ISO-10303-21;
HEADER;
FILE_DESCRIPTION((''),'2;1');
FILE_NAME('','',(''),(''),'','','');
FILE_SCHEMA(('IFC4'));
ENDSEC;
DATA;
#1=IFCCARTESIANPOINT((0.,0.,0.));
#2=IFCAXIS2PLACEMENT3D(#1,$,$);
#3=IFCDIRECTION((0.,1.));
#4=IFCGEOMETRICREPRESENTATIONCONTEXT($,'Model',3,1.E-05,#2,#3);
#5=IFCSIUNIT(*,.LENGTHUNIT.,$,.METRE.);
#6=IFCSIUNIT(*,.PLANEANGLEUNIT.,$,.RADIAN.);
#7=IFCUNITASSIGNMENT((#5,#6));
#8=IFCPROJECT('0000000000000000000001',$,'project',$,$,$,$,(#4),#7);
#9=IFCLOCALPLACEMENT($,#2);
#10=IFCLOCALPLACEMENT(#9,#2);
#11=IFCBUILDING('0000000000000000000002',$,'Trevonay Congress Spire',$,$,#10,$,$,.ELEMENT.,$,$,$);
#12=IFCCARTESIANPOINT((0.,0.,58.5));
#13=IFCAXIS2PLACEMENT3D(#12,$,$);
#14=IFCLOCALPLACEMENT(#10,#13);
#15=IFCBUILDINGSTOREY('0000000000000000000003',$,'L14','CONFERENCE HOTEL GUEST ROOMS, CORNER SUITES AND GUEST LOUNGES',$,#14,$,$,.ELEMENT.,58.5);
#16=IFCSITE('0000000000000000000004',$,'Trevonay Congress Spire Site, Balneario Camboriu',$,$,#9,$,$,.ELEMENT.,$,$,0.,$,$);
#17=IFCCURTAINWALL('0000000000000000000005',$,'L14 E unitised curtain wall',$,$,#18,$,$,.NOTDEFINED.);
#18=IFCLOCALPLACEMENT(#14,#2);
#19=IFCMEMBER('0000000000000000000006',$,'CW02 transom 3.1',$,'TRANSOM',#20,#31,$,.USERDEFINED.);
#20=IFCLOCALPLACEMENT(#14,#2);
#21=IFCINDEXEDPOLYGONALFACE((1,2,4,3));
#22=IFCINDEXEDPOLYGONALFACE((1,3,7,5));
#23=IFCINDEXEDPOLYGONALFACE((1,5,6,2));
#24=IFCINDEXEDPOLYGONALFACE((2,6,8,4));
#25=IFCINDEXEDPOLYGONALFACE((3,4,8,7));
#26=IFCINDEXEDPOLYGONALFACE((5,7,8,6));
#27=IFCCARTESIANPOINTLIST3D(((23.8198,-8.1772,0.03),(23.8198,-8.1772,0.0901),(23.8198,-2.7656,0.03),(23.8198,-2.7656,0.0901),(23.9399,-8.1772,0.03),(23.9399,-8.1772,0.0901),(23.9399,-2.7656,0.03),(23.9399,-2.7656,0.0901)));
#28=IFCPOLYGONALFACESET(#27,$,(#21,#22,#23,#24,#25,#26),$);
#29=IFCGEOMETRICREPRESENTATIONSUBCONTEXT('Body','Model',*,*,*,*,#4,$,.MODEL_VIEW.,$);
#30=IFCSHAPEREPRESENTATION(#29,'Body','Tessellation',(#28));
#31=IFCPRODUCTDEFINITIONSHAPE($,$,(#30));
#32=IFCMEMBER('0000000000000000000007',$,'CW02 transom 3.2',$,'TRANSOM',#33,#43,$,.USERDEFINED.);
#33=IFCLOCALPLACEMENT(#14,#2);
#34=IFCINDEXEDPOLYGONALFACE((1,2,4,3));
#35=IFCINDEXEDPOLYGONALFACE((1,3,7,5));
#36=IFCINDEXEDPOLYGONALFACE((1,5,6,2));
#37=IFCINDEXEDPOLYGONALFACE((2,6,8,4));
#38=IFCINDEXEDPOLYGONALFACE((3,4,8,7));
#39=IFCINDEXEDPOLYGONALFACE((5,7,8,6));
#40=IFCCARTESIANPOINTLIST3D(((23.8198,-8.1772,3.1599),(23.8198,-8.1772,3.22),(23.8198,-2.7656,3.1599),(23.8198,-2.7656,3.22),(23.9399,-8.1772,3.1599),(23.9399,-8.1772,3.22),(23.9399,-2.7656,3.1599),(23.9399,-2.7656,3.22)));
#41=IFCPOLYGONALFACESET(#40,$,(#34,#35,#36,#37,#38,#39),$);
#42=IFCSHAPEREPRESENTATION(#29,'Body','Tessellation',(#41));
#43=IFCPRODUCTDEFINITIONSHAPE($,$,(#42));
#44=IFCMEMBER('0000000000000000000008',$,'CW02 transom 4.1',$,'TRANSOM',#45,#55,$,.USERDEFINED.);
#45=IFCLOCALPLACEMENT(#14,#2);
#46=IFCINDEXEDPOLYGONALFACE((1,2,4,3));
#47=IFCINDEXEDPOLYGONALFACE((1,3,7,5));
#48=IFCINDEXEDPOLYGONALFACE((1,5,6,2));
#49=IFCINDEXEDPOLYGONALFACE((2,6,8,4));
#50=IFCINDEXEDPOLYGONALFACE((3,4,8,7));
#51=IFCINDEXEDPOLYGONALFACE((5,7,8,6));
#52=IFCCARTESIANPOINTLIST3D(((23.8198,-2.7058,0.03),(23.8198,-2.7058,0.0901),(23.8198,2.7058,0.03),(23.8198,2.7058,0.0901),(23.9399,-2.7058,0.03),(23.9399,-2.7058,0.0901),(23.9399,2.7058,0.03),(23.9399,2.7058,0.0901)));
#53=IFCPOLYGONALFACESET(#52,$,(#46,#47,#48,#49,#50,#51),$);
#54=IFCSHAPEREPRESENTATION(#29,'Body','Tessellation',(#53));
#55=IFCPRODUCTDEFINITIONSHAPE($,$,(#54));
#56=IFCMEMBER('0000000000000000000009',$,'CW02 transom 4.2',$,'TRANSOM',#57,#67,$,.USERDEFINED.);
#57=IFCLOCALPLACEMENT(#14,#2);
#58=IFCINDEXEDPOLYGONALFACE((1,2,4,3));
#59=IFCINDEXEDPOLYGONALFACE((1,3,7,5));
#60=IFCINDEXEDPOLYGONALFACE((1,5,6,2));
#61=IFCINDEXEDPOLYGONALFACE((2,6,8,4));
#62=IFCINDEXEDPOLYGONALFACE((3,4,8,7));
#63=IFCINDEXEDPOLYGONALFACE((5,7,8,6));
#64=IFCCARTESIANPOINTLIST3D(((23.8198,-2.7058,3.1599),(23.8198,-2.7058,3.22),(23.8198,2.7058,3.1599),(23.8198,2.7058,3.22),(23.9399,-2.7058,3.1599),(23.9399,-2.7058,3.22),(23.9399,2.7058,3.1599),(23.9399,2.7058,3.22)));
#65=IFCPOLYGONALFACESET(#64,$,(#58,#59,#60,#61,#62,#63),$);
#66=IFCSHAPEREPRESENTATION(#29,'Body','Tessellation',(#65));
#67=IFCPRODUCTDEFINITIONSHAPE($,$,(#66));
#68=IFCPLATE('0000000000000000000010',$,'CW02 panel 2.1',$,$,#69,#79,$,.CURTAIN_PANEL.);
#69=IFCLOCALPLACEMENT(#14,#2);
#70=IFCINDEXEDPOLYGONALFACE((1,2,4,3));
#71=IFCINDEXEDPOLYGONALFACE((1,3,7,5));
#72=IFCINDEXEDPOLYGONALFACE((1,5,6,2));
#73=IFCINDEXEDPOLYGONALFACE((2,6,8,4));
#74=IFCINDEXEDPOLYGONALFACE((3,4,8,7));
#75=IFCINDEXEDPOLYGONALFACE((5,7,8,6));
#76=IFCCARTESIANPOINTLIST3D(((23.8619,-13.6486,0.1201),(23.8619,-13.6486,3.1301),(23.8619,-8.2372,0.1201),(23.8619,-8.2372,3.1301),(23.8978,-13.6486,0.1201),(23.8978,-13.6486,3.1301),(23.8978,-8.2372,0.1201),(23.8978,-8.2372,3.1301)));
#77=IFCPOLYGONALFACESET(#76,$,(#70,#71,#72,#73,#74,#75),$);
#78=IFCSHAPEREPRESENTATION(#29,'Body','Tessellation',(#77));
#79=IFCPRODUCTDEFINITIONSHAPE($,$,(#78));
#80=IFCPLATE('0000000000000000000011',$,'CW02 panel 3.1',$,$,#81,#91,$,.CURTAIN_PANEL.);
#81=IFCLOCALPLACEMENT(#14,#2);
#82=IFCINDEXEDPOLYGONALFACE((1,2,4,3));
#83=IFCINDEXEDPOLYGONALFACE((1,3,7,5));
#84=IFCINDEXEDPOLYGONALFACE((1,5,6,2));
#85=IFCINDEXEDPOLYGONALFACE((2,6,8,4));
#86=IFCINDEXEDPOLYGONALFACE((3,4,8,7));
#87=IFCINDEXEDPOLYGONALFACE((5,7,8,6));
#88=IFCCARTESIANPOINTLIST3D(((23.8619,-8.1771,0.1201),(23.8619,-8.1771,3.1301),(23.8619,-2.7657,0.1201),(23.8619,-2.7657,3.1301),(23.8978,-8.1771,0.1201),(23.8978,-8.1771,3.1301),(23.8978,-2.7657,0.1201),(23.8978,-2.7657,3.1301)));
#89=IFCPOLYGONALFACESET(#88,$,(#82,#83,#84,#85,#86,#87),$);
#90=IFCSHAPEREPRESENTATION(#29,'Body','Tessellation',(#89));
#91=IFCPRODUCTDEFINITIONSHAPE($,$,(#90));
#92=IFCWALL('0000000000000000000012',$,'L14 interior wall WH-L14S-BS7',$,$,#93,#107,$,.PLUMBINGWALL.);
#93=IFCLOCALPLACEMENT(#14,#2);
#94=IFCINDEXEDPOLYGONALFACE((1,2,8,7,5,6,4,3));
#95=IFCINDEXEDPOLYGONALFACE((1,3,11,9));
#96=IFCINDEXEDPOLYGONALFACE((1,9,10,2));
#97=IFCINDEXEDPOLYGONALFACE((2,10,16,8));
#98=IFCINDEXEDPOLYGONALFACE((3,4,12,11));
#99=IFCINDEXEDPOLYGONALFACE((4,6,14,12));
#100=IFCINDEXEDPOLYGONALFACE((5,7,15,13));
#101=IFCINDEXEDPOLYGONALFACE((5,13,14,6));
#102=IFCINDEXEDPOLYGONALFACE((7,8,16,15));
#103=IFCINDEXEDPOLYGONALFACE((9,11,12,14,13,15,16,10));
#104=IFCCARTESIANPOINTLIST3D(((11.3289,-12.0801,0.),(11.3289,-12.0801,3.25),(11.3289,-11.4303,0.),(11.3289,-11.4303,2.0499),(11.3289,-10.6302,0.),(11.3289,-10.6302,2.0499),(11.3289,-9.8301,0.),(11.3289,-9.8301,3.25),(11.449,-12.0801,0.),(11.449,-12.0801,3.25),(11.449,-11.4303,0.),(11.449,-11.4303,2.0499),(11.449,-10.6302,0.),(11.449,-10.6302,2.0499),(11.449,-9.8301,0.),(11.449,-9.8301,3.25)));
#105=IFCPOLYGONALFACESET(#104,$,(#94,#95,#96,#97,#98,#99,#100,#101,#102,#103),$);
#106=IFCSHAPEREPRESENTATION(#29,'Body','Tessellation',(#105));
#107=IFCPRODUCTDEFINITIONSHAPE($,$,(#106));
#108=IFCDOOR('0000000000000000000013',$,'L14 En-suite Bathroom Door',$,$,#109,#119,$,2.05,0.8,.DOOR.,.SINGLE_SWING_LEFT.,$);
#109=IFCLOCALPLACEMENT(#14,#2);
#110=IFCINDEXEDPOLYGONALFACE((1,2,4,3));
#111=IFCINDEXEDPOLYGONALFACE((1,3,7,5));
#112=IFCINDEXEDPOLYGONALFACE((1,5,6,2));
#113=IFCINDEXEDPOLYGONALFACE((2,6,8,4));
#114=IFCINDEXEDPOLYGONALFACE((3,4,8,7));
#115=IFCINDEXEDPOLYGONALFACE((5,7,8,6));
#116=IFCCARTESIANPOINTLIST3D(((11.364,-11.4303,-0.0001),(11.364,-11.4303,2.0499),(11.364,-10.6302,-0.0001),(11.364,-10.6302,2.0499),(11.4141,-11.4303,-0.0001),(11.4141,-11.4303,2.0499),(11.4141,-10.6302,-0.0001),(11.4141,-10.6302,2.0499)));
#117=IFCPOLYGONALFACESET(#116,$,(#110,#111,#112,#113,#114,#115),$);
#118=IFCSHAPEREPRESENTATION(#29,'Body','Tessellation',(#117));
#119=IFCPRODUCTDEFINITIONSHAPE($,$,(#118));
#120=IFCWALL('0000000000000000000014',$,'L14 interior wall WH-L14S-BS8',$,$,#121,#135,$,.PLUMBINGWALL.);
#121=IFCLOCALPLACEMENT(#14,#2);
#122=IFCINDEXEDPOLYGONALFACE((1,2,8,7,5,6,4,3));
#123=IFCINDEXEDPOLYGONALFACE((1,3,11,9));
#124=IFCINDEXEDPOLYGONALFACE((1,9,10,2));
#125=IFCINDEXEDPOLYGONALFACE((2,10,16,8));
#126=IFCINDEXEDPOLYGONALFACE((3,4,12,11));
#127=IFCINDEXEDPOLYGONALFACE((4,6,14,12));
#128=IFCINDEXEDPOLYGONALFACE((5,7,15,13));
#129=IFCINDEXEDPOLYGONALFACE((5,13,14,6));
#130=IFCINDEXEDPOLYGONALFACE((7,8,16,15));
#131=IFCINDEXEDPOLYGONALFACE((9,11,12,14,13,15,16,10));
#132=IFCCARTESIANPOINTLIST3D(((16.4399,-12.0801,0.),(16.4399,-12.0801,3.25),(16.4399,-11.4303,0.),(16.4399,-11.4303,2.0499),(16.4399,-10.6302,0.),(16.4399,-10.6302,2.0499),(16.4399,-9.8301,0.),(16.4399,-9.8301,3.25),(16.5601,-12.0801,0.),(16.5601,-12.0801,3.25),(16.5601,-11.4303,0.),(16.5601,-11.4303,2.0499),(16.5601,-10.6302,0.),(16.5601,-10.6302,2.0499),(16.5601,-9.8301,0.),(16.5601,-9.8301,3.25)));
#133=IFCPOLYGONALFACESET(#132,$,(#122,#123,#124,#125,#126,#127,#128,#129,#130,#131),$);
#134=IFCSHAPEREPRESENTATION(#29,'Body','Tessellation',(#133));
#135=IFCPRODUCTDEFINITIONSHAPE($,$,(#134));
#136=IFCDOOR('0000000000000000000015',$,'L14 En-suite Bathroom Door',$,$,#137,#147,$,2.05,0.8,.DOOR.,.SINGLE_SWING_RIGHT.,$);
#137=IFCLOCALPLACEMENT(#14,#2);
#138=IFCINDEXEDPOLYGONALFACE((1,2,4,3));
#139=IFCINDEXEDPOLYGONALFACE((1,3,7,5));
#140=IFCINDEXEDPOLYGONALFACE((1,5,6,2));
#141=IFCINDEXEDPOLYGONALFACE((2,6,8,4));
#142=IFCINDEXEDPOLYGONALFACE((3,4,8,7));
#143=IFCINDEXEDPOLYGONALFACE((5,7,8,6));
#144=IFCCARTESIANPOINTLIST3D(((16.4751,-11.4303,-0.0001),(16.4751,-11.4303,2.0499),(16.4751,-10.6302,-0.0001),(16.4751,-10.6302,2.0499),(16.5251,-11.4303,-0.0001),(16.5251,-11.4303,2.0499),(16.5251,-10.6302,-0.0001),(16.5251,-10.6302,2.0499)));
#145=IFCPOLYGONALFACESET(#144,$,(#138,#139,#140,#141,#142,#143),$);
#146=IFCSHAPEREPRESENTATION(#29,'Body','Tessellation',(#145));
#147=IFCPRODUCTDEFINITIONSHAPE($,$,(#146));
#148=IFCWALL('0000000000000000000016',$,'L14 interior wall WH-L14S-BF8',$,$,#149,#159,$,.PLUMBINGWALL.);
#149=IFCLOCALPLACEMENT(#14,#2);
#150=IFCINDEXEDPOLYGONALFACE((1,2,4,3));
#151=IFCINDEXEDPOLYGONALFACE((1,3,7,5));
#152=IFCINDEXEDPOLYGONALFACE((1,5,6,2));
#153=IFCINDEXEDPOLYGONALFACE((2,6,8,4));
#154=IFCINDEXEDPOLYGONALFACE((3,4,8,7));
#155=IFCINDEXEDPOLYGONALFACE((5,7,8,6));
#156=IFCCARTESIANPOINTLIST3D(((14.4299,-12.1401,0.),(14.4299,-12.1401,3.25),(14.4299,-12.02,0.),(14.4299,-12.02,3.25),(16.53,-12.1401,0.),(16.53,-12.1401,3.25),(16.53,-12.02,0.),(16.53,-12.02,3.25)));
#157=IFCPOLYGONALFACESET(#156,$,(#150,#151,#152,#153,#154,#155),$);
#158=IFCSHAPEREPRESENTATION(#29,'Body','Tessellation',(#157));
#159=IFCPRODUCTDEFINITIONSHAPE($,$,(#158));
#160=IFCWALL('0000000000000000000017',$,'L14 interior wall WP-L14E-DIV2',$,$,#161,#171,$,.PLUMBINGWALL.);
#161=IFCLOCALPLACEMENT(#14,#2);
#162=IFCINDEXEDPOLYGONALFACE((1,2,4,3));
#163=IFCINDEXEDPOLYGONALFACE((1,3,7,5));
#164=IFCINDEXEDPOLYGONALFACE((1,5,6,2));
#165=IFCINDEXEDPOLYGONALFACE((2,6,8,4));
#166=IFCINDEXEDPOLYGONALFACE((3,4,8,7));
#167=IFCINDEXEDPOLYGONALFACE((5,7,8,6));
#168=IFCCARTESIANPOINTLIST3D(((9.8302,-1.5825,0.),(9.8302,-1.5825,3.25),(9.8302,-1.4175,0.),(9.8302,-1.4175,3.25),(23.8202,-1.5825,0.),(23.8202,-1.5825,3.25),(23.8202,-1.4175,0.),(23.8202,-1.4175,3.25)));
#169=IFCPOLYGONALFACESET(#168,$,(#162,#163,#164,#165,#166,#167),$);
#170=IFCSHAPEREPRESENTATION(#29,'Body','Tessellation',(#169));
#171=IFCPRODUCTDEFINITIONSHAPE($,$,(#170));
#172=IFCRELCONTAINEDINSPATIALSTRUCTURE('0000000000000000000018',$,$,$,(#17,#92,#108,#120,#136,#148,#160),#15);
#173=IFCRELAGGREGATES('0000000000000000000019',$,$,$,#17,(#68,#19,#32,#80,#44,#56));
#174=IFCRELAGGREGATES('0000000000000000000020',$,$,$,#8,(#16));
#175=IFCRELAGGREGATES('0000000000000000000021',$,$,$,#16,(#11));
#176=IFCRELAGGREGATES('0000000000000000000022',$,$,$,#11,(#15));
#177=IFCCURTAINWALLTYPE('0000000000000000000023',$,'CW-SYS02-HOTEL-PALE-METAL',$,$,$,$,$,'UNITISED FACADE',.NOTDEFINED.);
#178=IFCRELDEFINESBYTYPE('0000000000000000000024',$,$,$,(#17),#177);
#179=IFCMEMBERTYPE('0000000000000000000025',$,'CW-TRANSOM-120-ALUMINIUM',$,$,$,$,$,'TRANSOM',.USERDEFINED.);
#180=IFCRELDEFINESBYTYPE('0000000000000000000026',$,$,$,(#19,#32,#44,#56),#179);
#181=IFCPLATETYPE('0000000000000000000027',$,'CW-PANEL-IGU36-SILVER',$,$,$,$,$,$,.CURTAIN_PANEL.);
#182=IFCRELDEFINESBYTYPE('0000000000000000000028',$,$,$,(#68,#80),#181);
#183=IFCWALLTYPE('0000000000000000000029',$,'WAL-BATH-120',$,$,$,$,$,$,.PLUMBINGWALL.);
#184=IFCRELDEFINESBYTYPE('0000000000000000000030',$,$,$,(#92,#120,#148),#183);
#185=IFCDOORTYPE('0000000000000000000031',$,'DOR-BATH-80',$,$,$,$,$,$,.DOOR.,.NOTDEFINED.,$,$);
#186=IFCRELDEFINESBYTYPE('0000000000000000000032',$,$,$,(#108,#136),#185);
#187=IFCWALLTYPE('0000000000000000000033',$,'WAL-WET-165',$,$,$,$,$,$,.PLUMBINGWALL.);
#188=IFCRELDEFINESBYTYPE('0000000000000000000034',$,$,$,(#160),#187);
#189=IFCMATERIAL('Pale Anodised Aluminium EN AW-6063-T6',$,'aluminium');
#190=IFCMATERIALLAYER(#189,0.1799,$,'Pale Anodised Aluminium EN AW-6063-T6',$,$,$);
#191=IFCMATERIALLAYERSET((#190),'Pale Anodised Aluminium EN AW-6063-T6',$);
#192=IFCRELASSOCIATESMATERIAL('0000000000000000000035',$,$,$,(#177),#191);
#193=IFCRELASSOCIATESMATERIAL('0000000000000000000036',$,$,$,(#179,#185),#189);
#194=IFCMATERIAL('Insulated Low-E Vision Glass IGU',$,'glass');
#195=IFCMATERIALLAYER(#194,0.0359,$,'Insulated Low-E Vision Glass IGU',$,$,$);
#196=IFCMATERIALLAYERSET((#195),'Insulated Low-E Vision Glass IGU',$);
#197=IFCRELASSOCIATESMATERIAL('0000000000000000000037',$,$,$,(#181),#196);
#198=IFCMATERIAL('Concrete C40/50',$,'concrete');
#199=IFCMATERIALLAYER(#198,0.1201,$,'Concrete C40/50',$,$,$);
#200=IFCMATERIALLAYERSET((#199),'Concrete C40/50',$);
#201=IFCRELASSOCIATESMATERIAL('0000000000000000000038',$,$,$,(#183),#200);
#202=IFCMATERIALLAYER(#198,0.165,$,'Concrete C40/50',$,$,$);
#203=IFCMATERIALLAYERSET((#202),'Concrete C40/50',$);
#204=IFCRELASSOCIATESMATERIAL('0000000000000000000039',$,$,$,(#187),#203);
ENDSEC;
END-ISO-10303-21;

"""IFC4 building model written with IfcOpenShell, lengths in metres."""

from ifc_helpers import new_model, si_unit, direction, frame, frame_2d, origin, origin_2d, place, context, subcontext, project, spatial, rectangle, extrude, material, layer, layer_set, material_profile, profile_set, type_object, element, fill, aggregate, save


model = new_model("IFC4")

# Units and contexts
model_context = context("Model", 3, precision=1e-05, world=origin(), true_north=direction((0.0, 1.0)))
body_context = subcontext(model_context, "Body", "Model", "MODEL_VIEW")
ifc_project = project(units=[si_unit("LENGTHUNIT", "METRE"), si_unit("PLANEANGLEUNIT", "RADIAN")], contexts=[model_context])

# Site, building, storey
site_placement = place(None, origin())
site = spatial("IfcSite", under=ifc_project, at=site_placement, Name="Trevonay Congress Spire Site, Balneario Camboriu", CompositionType="ELEMENT", RefElevation=0.0)
building_placement = place(site_placement, origin())
building = spatial("IfcBuilding", under=site, at=building_placement, Name="Trevonay Congress Spire", CompositionType="ELEMENT")
storey_placement = place(building_placement, frame((0.0, 0.0, 58.5)))
storey = spatial("IfcBuildingStorey", under=building, at=storey_placement, Name="L14", Description="CONFERENCE HOTEL GUEST ROOMS, CORNER SUITES AND GUEST LOUNGES", CompositionType="ELEMENT", Elevation=58.5)

# Curtain wall, members, plates
ifc_material_1 = material(Name="Pale Anodised Aluminium EN AW-6063-T6", Category="aluminium")
ifc_layer_1 = layer(ifc_material_1, 0.1799, Name="Pale Anodised Aluminium EN AW-6063-T6")
ifc_layer_set_1 = layer_set([ifc_layer_1], Name="Pale Anodised Aluminium EN AW-6063-T6")
curtain_wall_type = type_object("IfcCurtainWallType", Name="CW-SYS02-HOTEL-PALE-METAL", ElementType="UNITISED FACADE", PredefinedType="NOTDEFINED", material=ifc_layer_set_1)
curtain_wall_placement = place(storey_placement, origin())
curtain_wall = element("IfcCurtainWall", 1, at=curtain_wall_placement, inside=storey, type_object=curtain_wall_type, Name="L14 E unitised curtain wall", PredefinedType="NOTDEFINED")
ifc_material_profile_1 = material_profile(ifc_material_1, rectangle(XDim=0.1201, YDim=0.0601, at=origin_2d()), Name="CW-TRANSOM-120-ALUMINIUM")
ifc_profile_set_1 = profile_set([ifc_material_profile_1], Name="Pale Anodised Aluminium EN AW-6063-T6")
member_type_1 = type_object("IfcMemberType", Name="CW-TRANSOM-120-ALUMINIUM", ElementType="TRANSOM", PredefinedType="USERDEFINED", material=ifc_profile_set_1)
member_1_placement = place(storey_placement, frame((23.8799, -8.1772, 0.0601), z_axis=(0.0, 1.0, 0.0), x_axis=(-1.0, 0.0, 0.0)))
member_1 = element("IfcMember", 2, at=member_1_placement, type_object=member_type_1, Name="CW02 transom 3.1", ObjectType="TRANSOM", PredefinedType="USERDEFINED", context=body_context, shape_type="SweptSolid", body=[
    extrude(rectangle(XDim=0.1201, YDim=0.0601, at=origin_2d()), origin(), (0.0, 0.0, 1.0), 5.4116),
])
member_2_placement = place(storey_placement, frame((23.8799, -8.1772, 3.1899), z_axis=(0.0, 1.0, 0.0), x_axis=(-1.0, 0.0, 0.0)))
member_2 = element("IfcMember", 3, at=member_2_placement, type_object=member_type_1, Name="CW02 transom 3.2", ObjectType="TRANSOM", PredefinedType="USERDEFINED", context=body_context, shape_type="SweptSolid", body=[
    extrude(rectangle(XDim=0.1201, YDim=0.0601, at=origin_2d()), origin(), (0.0, 0.0, 1.0), 5.4116),
])
member_3_placement = place(storey_placement, frame((23.8799, -2.7058, 0.0601), z_axis=(0.0, 1.0, 0.0), x_axis=(-1.0, 0.0, 0.0)))
member_3 = element("IfcMember", 4, at=member_3_placement, type_object=member_type_1, Name="CW02 transom 4.1", ObjectType="TRANSOM", PredefinedType="USERDEFINED", context=body_context, shape_type="SweptSolid", body=[
    extrude(rectangle(XDim=0.1201, YDim=0.0601, at=origin_2d()), origin(), (0.0, 0.0, 1.0), 5.4116),
])
member_4_placement = place(storey_placement, frame((23.8799, -2.7058, 3.1899), z_axis=(0.0, 1.0, 0.0), x_axis=(-1.0, 0.0, 0.0)))
member_4 = element("IfcMember", 5, at=member_4_placement, type_object=member_type_1, Name="CW02 transom 4.2", ObjectType="TRANSOM", PredefinedType="USERDEFINED", context=body_context, shape_type="SweptSolid", body=[
    extrude(rectangle(XDim=0.1201, YDim=0.0601, at=origin_2d()), origin(), (0.0, 0.0, 1.0), 5.4116),
])
ifc_material_2 = material(Name="Insulated Low-E Vision Glass IGU", Category="glass")
ifc_layer_2 = layer(ifc_material_2, 0.0359, Name="Insulated Low-E Vision Glass IGU")
ifc_layer_set_2 = layer_set([ifc_layer_2], Name="Insulated Low-E Vision Glass IGU")
plate_type = type_object("IfcPlateType", Name="CW-PANEL-IGU36-SILVER", PredefinedType="CURTAIN_PANEL", material=ifc_layer_set_2)
plate_1_placement = place(storey_placement, frame((23.8799, -10.9429, 0.1201), z_axis=(0.0, 0.0, 1.0), x_axis=(0.0, 1.0, 0.0)))
plate_1 = element("IfcPlate", 6, at=plate_1_placement, type_object=plate_type, Name="CW02 panel 2.1", PredefinedType="CURTAIN_PANEL", context=body_context, shape_type="SweptSolid", body=[
    extrude(rectangle(XDim=5.4114, YDim=0.0359, at=origin_2d()), origin(), (0.0, 0.0, 1.0), 3.01),
])
plate_2_placement = place(storey_placement, frame((23.8799, -5.4714, 0.1201), z_axis=(0.0, 0.0, 1.0), x_axis=(0.0, 1.0, 0.0)))
plate_2 = element("IfcPlate", 7, at=plate_2_placement, type_object=plate_type, Name="CW02 panel 3.1", PredefinedType="CURTAIN_PANEL", context=body_context, shape_type="SweptSolid", body=[
    extrude(rectangle(XDim=5.4114, YDim=0.0359, at=origin_2d()), origin(), (0.0, 0.0, 1.0), 3.01),
])
aggregate(curtain_wall, [plate_1, member_1, member_2, plate_2, member_3, member_4])

# Walls, openings, doors
ifc_material_3 = material(Name="Concrete C40/50", Category="concrete")
ifc_layer_3 = layer(ifc_material_3, 0.1201, Name="Concrete C40/50")
ifc_layer_set_3 = layer_set([ifc_layer_3], Name="Concrete C40/50")
wall_type_1 = type_object("IfcWallType", Name="WAL-BATH-120", PredefinedType="PLUMBINGWALL", material=ifc_layer_set_3)
wall_1_placement = place(storey_placement, frame((11.3889, -12.0801, 0.0), z_axis=(0.0, 0.0, 1.0), x_axis=(0.0, 1.0, 0.0)))
wall_1 = element("IfcWall", 8, at=wall_1_placement, inside=storey, type_object=wall_type_1, Name="L14 interior wall WH-L14S-BS7", PredefinedType="PLUMBINGWALL", context=body_context, shape_type="SweptSolid", body=[
    extrude(rectangle(XDim=2.25, YDim=0.1201, at=frame_2d((1.125, 0.0))), origin(), (0.0, 0.0, 1.0), 3.25),
])
opening_1_placement = place(wall_1_placement, frame((0.6499, 0.0, 0.0)))
opening_1 = element("IfcOpeningElement", 9, at=opening_1_placement, cuts=wall_1, PredefinedType="OPENING", context=body_context, shape_type="SweptSolid", body=[
    extrude(rectangle(XDim=0.8, YDim=2.05, at=frame_2d((0.3999, 1.0249))), frame((0.0, 0.0701, 0.0), z_axis=(0.0, -1.0, 0.0), x_axis=(1.0, 0.0, 0.0)), (0.0, 0.0, 1.0), 0.1401),
])
door_type = type_object("IfcDoorType", Name="DOR-BATH-80", OperationType="NOTDEFINED", PredefinedType="DOOR", material=ifc_material_1)
door_1_placement = place(opening_1_placement, origin())
door_1 = element("IfcDoor", 10, at=door_1_placement, inside=storey, type_object=door_type, Name="L14 En-suite Bathroom Door", OperationType="SINGLE_SWING_LEFT", OverallHeight=2.05, OverallWidth=0.8, PredefinedType="DOOR", context=body_context, shape_type="SweptSolid", body=[
    extrude(rectangle(XDim=0.8, YDim=2.05, at=frame_2d((0.3999, 1.0249))), frame((0.0, 0.0249, 0.0), z_axis=(0.0, -1.0, 0.0), x_axis=(1.0, 0.0, 0.0)), (0.0, 0.0, 1.0), 0.05),
])
fill(opening_1, door_1)
wall_2_placement = place(storey_placement, frame((16.5, -12.0801, 0.0), z_axis=(0.0, 0.0, 1.0), x_axis=(0.0, 1.0, 0.0)))
wall_2 = element("IfcWall", 11, at=wall_2_placement, inside=storey, type_object=wall_type_1, Name="L14 interior wall WH-L14S-BS8", PredefinedType="PLUMBINGWALL", context=body_context, shape_type="SweptSolid", body=[
    extrude(rectangle(XDim=2.25, YDim=0.1201, at=frame_2d((1.125, 0.0))), origin(), (0.0, 0.0, 1.0), 3.25),
])
opening_2_placement = place(wall_2_placement, frame((0.6499, 0.0, 0.0)))
opening_2 = element("IfcOpeningElement", 12, at=opening_2_placement, cuts=wall_2, PredefinedType="OPENING", context=body_context, shape_type="SweptSolid", body=[
    extrude(rectangle(XDim=0.8, YDim=2.05, at=frame_2d((0.3999, 1.0249))), frame((0.0, 0.0701, 0.0), z_axis=(0.0, -1.0, 0.0), x_axis=(1.0, 0.0, 0.0)), (0.0, 0.0, 1.0), 0.1401),
])
door_2_placement = place(opening_2_placement, origin())
door_2 = element("IfcDoor", 13, at=door_2_placement, inside=storey, type_object=door_type, Name="L14 En-suite Bathroom Door", OperationType="SINGLE_SWING_RIGHT", OverallHeight=2.05, OverallWidth=0.8, PredefinedType="DOOR", context=body_context, shape_type="SweptSolid", body=[
    extrude(rectangle(XDim=0.8, YDim=2.05, at=frame_2d((0.3999, 1.0249))), frame((0.0, 0.0249, 0.0), z_axis=(0.0, -1.0, 0.0), x_axis=(1.0, 0.0, 0.0)), (0.0, 0.0, 1.0), 0.05),
])
fill(opening_2, door_2)

# Walls
wall_3_placement = place(storey_placement, frame((14.4299, -12.0801, 0.0), z_axis=(0.0, 0.0, 1.0), x_axis=(1.0, 0.0, 0.0)))
element("IfcWall", 14, at=wall_3_placement, inside=storey, type_object=wall_type_1, Name="L14 interior wall WH-L14S-BF8", PredefinedType="PLUMBINGWALL", context=body_context, shape_type="SweptSolid", body=[
    extrude(rectangle(XDim=2.1001, YDim=0.1201, at=frame_2d((1.05, 0.0))), origin(), (0.0, 0.0, 1.0), 3.25),
])
ifc_layer_4 = layer(ifc_material_3, 0.165, Name="Concrete C40/50")
ifc_layer_set_4 = layer_set([ifc_layer_4], Name="Concrete C40/50")
wall_type_2 = type_object("IfcWallType", Name="WAL-WET-165", PredefinedType="PLUMBINGWALL", material=ifc_layer_set_4)
wall_4_placement = place(storey_placement, frame((9.8301, -1.5, 0.0), z_axis=(0.0, 0.0, 1.0), x_axis=(1.0, 0.0, 0.0)))
element("IfcWall", 15, at=wall_4_placement, inside=storey, type_object=wall_type_2, Name="L14 interior wall WP-L14E-DIV2", PredefinedType="PLUMBINGWALL", context=body_context, shape_type="SweptSolid", body=[
    extrude(rectangle(XDim=13.99, YDim=0.165, at=frame_2d((6.9951, 0.0))), origin(), (0.0, 0.0, 1.0), 3.25),
])

save(model, "model.ifc")
